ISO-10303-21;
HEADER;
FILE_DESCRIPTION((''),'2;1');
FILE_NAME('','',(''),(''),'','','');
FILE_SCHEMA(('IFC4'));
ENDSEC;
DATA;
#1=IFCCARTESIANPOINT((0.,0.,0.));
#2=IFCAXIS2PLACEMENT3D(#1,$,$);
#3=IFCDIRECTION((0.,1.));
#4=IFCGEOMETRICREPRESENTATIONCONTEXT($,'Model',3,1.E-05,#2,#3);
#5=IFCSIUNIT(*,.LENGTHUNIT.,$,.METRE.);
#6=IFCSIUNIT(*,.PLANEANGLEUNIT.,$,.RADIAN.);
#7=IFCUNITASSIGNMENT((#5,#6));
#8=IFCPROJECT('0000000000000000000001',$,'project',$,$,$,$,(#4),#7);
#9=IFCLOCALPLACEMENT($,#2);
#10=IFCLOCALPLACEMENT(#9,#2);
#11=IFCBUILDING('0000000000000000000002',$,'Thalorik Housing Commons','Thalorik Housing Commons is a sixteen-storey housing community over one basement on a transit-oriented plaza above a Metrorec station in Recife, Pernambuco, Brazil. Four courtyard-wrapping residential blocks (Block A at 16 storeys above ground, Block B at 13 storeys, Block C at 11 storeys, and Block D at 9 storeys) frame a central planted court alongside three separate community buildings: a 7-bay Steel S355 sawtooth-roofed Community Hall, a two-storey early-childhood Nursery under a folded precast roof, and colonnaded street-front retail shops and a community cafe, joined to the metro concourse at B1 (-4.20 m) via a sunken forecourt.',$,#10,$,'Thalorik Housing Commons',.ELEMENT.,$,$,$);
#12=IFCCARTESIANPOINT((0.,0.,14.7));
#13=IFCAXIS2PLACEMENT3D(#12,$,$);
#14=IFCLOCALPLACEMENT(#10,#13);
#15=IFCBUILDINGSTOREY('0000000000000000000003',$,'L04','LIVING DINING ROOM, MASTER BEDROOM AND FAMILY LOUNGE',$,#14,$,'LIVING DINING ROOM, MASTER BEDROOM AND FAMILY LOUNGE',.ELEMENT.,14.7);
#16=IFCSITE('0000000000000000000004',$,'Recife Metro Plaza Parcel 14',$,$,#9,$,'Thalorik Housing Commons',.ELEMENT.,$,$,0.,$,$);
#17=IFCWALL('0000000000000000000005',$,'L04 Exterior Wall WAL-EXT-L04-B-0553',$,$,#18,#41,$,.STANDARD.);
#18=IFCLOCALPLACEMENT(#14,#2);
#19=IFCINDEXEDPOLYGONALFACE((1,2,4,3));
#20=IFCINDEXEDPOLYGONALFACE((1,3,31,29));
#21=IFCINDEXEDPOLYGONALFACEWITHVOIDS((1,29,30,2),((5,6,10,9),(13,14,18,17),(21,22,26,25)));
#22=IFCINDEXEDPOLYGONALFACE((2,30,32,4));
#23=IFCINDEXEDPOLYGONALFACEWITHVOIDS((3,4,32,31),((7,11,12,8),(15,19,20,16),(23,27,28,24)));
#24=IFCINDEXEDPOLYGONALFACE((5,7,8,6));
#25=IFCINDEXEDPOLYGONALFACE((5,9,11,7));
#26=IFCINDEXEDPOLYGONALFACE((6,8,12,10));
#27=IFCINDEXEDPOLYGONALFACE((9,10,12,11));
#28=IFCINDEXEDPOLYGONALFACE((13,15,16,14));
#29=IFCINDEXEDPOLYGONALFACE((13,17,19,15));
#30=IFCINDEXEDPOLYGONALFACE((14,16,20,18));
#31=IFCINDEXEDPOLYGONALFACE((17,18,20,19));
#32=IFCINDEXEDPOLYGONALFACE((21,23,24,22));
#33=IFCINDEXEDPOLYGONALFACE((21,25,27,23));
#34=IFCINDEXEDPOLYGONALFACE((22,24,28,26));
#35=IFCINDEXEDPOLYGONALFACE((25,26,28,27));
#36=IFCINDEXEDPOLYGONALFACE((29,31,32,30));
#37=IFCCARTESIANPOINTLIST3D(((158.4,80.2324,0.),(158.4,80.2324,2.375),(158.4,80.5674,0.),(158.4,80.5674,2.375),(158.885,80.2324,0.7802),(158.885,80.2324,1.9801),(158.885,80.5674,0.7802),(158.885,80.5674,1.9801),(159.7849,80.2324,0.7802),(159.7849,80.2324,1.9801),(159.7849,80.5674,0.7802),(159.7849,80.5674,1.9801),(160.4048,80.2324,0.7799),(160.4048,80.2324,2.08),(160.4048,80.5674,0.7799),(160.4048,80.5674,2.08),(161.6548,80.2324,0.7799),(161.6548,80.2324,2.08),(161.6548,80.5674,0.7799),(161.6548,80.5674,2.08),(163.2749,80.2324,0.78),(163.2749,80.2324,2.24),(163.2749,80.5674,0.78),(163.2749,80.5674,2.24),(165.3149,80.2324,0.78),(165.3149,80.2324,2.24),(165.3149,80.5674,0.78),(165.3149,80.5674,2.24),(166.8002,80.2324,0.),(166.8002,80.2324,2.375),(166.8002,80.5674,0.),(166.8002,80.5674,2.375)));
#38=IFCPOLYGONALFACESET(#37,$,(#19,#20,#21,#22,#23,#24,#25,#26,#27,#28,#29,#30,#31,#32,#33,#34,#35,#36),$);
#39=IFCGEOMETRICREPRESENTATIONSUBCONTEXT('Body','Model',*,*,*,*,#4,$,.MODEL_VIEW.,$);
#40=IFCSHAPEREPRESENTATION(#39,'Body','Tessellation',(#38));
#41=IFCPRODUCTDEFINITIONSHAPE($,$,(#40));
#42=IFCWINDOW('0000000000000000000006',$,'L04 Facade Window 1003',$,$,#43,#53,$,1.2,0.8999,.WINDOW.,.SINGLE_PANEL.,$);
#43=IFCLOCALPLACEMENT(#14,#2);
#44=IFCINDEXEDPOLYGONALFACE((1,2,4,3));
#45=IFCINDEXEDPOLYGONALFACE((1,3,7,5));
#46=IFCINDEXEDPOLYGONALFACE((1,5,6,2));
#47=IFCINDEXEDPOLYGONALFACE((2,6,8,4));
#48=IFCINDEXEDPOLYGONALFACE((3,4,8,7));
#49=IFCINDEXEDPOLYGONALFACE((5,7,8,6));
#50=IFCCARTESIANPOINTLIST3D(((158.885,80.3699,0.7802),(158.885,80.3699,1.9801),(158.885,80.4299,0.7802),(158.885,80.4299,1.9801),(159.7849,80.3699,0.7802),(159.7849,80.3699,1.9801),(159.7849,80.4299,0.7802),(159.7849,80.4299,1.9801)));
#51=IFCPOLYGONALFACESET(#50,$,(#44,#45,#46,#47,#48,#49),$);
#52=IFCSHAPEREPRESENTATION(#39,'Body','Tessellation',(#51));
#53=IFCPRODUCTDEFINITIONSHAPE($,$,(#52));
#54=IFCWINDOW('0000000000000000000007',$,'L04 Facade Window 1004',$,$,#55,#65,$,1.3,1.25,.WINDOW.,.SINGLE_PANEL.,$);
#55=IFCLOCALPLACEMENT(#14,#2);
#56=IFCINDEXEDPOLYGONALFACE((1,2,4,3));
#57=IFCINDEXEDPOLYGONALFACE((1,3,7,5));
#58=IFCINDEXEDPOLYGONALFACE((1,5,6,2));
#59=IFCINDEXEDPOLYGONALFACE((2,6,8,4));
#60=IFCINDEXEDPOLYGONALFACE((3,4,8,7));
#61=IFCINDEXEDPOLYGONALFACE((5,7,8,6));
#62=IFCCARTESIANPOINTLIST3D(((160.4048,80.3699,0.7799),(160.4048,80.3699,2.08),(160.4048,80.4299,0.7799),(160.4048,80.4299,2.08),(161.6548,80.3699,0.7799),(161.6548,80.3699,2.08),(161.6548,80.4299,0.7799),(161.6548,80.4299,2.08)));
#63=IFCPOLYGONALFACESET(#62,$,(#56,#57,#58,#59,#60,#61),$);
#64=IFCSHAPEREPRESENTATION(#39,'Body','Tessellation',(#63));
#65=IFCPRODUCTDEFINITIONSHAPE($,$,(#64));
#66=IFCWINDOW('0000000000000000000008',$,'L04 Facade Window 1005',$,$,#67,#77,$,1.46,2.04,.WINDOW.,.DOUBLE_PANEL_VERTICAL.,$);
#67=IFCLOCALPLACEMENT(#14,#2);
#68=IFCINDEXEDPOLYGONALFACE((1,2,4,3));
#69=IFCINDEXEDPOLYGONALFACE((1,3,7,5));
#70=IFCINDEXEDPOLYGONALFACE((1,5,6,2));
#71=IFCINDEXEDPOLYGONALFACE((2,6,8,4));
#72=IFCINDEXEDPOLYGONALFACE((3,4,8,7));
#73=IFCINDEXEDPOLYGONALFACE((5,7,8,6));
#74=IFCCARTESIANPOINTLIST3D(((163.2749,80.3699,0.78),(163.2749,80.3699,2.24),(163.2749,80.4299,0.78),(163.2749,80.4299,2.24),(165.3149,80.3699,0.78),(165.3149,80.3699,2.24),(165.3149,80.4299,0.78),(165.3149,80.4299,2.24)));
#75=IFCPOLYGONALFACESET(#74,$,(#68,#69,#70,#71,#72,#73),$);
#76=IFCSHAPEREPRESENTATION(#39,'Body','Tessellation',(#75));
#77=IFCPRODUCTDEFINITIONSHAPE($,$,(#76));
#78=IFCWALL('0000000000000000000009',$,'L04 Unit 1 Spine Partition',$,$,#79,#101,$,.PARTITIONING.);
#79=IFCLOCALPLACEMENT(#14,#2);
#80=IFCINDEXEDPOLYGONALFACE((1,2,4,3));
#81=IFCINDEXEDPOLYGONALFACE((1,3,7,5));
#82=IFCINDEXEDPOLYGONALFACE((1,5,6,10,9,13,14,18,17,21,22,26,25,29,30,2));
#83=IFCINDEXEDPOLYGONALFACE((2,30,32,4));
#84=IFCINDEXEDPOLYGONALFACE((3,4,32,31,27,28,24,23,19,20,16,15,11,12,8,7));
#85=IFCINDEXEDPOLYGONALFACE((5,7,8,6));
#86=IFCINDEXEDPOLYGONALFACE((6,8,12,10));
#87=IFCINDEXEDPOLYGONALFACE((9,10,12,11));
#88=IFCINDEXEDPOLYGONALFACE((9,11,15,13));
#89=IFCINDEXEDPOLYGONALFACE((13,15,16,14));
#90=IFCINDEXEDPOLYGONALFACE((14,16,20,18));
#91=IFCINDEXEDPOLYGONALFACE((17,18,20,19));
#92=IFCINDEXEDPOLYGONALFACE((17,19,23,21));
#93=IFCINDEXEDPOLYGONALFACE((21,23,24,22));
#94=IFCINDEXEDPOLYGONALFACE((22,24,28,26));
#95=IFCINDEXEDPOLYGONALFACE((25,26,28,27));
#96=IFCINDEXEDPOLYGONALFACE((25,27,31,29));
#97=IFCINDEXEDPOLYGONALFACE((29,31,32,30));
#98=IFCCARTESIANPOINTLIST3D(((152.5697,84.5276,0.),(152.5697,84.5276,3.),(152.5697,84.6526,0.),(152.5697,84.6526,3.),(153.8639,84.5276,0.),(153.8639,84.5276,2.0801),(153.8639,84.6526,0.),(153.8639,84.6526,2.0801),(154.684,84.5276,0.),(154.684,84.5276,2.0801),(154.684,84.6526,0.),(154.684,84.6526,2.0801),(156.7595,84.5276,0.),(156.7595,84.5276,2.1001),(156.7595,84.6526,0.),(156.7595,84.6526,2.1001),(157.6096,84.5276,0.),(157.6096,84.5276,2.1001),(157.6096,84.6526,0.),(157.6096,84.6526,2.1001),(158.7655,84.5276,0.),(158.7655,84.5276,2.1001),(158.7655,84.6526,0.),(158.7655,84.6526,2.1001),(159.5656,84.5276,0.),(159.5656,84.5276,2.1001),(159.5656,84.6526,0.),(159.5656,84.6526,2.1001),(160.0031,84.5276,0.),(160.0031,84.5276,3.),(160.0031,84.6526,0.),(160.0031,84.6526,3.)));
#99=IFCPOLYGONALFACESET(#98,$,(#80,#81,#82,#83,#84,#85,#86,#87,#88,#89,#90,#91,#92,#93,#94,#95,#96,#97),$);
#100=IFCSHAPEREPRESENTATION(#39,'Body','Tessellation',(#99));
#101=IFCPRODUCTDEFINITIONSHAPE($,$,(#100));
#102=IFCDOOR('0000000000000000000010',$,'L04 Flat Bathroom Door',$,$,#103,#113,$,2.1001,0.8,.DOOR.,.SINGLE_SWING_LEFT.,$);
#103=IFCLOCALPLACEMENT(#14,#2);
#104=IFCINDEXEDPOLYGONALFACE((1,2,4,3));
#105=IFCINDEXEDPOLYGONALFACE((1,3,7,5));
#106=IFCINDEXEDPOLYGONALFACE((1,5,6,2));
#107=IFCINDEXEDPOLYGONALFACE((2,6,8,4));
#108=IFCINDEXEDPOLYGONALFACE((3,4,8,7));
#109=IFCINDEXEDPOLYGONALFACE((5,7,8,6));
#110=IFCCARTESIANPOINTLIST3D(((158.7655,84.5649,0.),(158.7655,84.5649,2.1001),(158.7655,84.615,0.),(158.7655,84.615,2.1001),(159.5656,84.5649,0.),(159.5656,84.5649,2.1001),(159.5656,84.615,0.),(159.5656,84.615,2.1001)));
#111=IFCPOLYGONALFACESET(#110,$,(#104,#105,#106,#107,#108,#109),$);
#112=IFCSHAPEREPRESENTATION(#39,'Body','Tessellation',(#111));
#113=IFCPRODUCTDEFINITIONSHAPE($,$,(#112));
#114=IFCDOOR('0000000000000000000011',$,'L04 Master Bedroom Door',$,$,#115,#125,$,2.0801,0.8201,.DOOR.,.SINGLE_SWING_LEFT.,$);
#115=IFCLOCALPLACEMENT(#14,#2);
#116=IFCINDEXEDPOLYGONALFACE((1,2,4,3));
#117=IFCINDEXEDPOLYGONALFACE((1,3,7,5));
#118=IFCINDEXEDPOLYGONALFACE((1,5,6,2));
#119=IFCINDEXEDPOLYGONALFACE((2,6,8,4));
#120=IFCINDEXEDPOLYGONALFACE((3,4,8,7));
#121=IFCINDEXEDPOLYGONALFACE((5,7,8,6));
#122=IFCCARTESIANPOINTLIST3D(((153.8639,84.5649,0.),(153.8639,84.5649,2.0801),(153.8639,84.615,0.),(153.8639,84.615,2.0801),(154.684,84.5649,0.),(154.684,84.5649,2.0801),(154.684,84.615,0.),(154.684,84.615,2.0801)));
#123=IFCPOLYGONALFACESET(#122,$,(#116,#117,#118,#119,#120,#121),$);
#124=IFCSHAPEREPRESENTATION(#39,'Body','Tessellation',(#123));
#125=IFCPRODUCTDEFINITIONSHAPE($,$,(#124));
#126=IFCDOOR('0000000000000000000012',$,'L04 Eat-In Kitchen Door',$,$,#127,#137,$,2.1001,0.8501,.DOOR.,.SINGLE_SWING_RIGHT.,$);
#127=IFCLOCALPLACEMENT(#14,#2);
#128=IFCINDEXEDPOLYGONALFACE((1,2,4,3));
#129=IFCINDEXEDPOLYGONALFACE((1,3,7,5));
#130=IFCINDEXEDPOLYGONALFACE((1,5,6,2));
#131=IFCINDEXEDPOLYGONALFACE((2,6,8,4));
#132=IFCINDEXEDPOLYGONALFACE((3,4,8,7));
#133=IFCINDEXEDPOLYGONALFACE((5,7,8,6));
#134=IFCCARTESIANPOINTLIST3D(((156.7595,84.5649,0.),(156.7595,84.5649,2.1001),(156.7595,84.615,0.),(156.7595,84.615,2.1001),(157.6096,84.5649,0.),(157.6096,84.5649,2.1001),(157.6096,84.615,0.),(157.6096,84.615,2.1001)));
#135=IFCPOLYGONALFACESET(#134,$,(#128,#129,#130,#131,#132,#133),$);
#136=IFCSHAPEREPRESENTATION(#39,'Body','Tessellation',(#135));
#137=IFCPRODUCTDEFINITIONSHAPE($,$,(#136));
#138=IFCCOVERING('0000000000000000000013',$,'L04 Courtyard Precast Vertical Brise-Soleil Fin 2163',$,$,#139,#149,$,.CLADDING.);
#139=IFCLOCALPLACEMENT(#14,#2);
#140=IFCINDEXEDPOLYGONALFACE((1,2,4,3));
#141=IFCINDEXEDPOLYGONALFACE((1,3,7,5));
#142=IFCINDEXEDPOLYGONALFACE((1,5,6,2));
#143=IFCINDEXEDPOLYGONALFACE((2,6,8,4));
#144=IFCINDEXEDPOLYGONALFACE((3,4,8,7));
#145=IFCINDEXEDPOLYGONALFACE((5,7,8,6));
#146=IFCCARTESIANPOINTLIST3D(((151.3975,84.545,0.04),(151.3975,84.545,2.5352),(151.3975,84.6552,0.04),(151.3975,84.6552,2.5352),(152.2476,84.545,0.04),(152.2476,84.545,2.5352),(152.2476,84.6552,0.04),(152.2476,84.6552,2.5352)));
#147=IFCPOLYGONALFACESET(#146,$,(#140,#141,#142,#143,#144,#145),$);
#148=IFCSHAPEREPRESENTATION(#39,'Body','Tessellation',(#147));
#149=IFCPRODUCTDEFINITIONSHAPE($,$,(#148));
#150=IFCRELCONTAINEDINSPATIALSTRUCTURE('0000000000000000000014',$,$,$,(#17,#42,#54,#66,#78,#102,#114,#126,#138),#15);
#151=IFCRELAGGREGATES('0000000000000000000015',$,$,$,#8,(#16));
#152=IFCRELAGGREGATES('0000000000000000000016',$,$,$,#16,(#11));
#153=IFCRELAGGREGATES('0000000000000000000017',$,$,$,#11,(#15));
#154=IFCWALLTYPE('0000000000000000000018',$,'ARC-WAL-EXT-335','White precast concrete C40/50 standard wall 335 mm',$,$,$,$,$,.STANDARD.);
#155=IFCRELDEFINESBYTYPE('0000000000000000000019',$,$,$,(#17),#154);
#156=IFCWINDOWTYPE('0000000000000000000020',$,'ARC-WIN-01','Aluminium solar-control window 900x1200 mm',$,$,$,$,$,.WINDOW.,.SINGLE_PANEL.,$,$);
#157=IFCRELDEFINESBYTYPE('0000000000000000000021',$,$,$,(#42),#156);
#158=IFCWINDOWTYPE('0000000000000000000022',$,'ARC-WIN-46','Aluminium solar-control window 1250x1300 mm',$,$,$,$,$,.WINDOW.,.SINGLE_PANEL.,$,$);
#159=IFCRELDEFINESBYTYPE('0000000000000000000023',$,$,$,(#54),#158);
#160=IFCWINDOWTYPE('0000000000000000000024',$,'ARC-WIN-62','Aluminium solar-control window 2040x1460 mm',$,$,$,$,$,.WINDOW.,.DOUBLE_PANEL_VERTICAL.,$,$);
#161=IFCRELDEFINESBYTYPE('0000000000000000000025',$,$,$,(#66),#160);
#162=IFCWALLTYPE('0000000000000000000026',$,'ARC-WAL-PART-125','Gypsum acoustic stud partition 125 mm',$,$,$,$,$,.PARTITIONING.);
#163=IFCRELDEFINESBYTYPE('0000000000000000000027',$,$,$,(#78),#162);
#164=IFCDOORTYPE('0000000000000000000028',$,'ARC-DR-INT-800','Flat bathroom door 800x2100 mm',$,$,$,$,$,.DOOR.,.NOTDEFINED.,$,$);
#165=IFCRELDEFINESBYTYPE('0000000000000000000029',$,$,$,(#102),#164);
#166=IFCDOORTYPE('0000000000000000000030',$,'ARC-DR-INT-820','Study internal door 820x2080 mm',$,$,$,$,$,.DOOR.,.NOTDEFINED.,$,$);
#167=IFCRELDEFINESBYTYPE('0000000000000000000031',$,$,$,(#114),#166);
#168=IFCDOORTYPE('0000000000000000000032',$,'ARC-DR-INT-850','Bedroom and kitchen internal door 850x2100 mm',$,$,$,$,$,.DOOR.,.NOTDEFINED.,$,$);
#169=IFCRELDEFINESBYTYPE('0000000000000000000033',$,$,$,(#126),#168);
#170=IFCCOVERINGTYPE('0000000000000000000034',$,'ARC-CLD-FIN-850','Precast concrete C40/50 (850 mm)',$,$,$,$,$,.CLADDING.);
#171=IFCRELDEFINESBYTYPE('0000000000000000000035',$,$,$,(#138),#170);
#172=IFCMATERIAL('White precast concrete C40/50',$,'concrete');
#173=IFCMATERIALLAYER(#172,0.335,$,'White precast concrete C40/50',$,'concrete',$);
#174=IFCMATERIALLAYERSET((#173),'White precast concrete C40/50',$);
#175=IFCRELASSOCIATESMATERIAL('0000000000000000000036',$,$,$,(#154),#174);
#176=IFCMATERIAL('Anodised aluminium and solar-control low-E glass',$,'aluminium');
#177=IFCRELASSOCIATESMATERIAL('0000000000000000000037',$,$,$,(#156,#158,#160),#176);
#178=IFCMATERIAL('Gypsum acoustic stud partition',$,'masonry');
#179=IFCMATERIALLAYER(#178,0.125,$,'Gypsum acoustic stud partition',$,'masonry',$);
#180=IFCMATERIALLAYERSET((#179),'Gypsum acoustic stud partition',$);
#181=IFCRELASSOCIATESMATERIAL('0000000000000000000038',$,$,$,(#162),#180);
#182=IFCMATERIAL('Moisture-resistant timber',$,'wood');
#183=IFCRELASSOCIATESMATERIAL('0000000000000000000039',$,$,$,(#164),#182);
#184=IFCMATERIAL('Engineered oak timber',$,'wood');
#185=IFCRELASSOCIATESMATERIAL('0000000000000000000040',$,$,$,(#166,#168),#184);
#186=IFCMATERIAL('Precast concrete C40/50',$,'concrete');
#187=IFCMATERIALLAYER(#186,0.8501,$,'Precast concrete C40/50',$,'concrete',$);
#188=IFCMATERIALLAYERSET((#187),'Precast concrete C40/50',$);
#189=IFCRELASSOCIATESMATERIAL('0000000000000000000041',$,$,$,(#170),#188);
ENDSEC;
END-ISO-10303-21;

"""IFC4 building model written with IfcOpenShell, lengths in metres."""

from ifc_helpers import new_model, si_unit, direction, frame, frame_2d, origin, origin_2d, place, context, subcontext, project, spatial, rectangle, extrude, material, layer, layer_set, type_object, element, fill, save


model = new_model("IFC4")

# Units and contexts
model_context = context("Model", 3, precision=1e-05, world=origin(), true_north=direction((0.0, 1.0)))
body_context = subcontext(model_context, "Body", "Model", "MODEL_VIEW")
ifc_project = project(units=[si_unit("LENGTHUNIT", "METRE"), si_unit("PLANEANGLEUNIT", "RADIAN")], contexts=[model_context])

# Site, building, storey
site_placement = place(None, origin())
site = spatial("IfcSite", under=ifc_project, at=site_placement, Name="Recife Metro Plaza Parcel 14", LongName="Thalorik Housing Commons", CompositionType="ELEMENT", RefElevation=0.0)
building_placement = place(site_placement, origin())
building = spatial("IfcBuilding", under=site, at=building_placement, Name="Thalorik Housing Commons", Description="Thalorik Housing Commons is a sixteen-storey housing community over one basement on a transit-oriented plaza above a Metrorec station in Recife, Pernambuco, Brazil. Four courtyard-wrapping residential blocks (Block A at 16 storeys above ground, Block B at 13 storeys, Block C at 11 storeys, and Block D at 9 storeys) frame a central planted court alongside three separate community buildings: a 7-bay Steel S355 sawtooth-roofed Community Hall, a two-storey early-childhood Nursery under a folded precast roof, and colonnaded street-front retail shops and a community cafe, joined to the metro concourse at B1 (-4.20 m) via a sunken forecourt.", LongName="Thalorik Housing Commons", CompositionType="ELEMENT")
storey_placement = place(building_placement, frame((0.0, 0.0, 14.7)))
storey = spatial("IfcBuildingStorey", under=building, at=storey_placement, Name="L04", Description="LIVING DINING ROOM, MASTER BEDROOM AND FAMILY LOUNGE", LongName="LIVING DINING ROOM, MASTER BEDROOM AND FAMILY LOUNGE", CompositionType="ELEMENT", Elevation=14.7)

# Shared definitions
ifc_material_1 = material(Name="Precast concrete C40/50", Category="concrete")

# Wall, openings, windows
ifc_material_2 = material(Name="White precast concrete C40/50", Category="concrete")
ifc_layer_1 = layer(ifc_material_2, 0.335, Name="White precast concrete C40/50", Category="concrete")
ifc_layer_set_1 = layer_set([ifc_layer_1], Name="White precast concrete C40/50")
wall_type_1 = type_object("IfcWallType", Name="ARC-WAL-EXT-335", Description="White precast concrete C40/50 standard wall 335 mm", PredefinedType="STANDARD", material=ifc_layer_set_1)
ifc_material_3 = material(Name="Anodised aluminium and solar-control low-E glass", Category="aluminium")
wall_1_placement = place(storey_placement, frame((158.3999, 80.3999, 0.0), z_axis=(0.0, 0.0, 1.0), x_axis=(1.0, 0.0, 0.0)))
wall_1 = element("IfcWall", 1, at=wall_1_placement, inside=storey, type_object=wall_type_1, Name="L04 Exterior Wall WAL-EXT-L04-B-0553", PredefinedType="STANDARD", context=body_context, shape_type="SweptSolid", body=[
    extrude(rectangle(XDim=8.4001, YDim=0.335, at=frame_2d((4.2002, 0.0))), origin(), (0.0, 0.0, 1.0), 2.375),
])
opening_1_placement = place(wall_1_placement, frame((0.4851, 0.0, 0.78)))
opening_1 = element("IfcOpeningElement", 2, at=opening_1_placement, cuts=wall_1, PredefinedType="OPENING", context=body_context, shape_type="SweptSolid", body=[
    extrude(rectangle(XDim=0.8999, YDim=1.2, at=frame_2d((0.45, 0.6001))), frame((0.0, 0.1775, 0.0), z_axis=(0.0, -1.0, 0.0), x_axis=(1.0, 0.0, 0.0)), (0.0, 0.0, 1.0), 0.355),
])
opening_2_placement = place(wall_1_placement, frame((2.0049, 0.0, 0.78)))
opening_2 = element("IfcOpeningElement", 3, at=opening_2_placement, cuts=wall_1, PredefinedType="OPENING", context=body_context, shape_type="SweptSolid", body=[
    extrude(rectangle(XDim=1.25, YDim=1.3, at=frame_2d((0.625, 0.6499))), frame((0.0, 0.1775, 0.0), z_axis=(0.0, -1.0, 0.0), x_axis=(1.0, 0.0, 0.0)), (0.0, 0.0, 1.0), 0.355),
])
opening_3_placement = place(wall_1_placement, frame((4.875, 0.0, 0.78)))
opening_3 = element("IfcOpeningElement", 4, at=opening_3_placement, cuts=wall_1, PredefinedType="OPENING", context=body_context, shape_type="SweptSolid", body=[
    extrude(rectangle(XDim=2.04, YDim=1.46, at=frame_2d((1.02, 0.73))), frame((0.0, 0.1775, 0.0), z_axis=(0.0, -1.0, 0.0), x_axis=(1.0, 0.0, 0.0)), (0.0, 0.0, 1.0), 0.355),
])
window_type_1 = type_object("IfcWindowType", Name="ARC-WIN-01", Description="Aluminium solar-control window 900x1200 mm", PartitioningType="SINGLE_PANEL", PredefinedType="WINDOW", material=ifc_material_3)
window_1_placement = place(opening_1_placement, origin())
window_1 = element("IfcWindow", 5, at=window_1_placement, inside=storey, type_object=window_type_1, Name="L04 Facade Window 1003", OverallHeight=1.2, OverallWidth=0.8999, PartitioningType="SINGLE_PANEL", PredefinedType="WINDOW", context=body_context, shape_type="SweptSolid", body=[
    extrude(rectangle(XDim=0.8999, YDim=1.2, at=frame_2d((0.45, 0.6001))), frame((0.0, 0.03, 0.0), z_axis=(0.0, -1.0, 0.0), x_axis=(1.0, 0.0, 0.0)), (0.0, 0.0, 1.0), 0.0601),
])
fill(opening_1, window_1)
window_type_2 = type_object("IfcWindowType", Name="ARC-WIN-46", Description="Aluminium solar-control window 1250x1300 mm", PartitioningType="SINGLE_PANEL", PredefinedType="WINDOW", material=ifc_material_3)
window_2_placement = place(opening_2_placement, origin())
window_2 = element("IfcWindow", 6, at=window_2_placement, inside=storey, type_object=window_type_2, Name="L04 Facade Window 1004", OverallHeight=1.3, OverallWidth=1.25, PartitioningType="SINGLE_PANEL", PredefinedType="WINDOW", context=body_context, shape_type="SweptSolid", body=[
    extrude(rectangle(XDim=1.25, YDim=1.3, at=frame_2d((0.625, 0.6499))), frame((0.0, 0.03, 0.0), z_axis=(0.0, -1.0, 0.0), x_axis=(1.0, 0.0, 0.0)), (0.0, 0.0, 1.0), 0.0601),
])
fill(opening_2, window_2)
window_type_3 = type_object("IfcWindowType", Name="ARC-WIN-62", Description="Aluminium solar-control window 2040x1460 mm", PartitioningType="DOUBLE_PANEL_VERTICAL", PredefinedType="WINDOW", material=ifc_material_3)
window_3_placement = place(opening_3_placement, origin())
window_3 = element("IfcWindow", 7, at=window_3_placement, inside=storey, type_object=window_type_3, Name="L04 Facade Window 1005", OverallHeight=1.46, OverallWidth=2.04, PartitioningType="DOUBLE_PANEL_VERTICAL", PredefinedType="WINDOW", context=body_context, shape_type="SweptSolid", body=[
    extrude(rectangle(XDim=2.04, YDim=1.46, at=frame_2d((1.02, 0.73))), frame((0.0, 0.03, 0.0), z_axis=(0.0, -1.0, 0.0), x_axis=(1.0, 0.0, 0.0)), (0.0, 0.0, 1.0), 0.0601),
])
fill(opening_3, window_3)

# Wall, openings, doors
ifc_material_4 = material(Name="Gypsum acoustic stud partition", Category="masonry")
ifc_layer_2 = layer(ifc_material_4, 0.125, Name="Gypsum acoustic stud partition", Category="masonry")
ifc_layer_set_2 = layer_set([ifc_layer_2], Name="Gypsum acoustic stud partition")
wall_type_2 = type_object("IfcWallType", Name="ARC-WAL-PART-125", Description="Gypsum acoustic stud partition 125 mm", PredefinedType="PARTITIONING", material=ifc_layer_set_2)
wall_2_placement = place(storey_placement, frame((152.5696, 84.5901, 0.0), z_axis=(0.0, 0.0, 1.0), x_axis=(1.0, 0.0, 0.0)))
wall_2 = element("IfcWall", 8, at=wall_2_placement, inside=storey, type_object=wall_type_2, Name="L04 Unit 1 Spine Partition", PredefinedType="PARTITIONING", context=body_context, shape_type="SweptSolid", body=[
    extrude(rectangle(XDim=7.4333, YDim=0.125, at=frame_2d((3.7168, 0.0))), origin(), (0.0, 0.0, 1.0), 3.0),
])
opening_4_placement = place(wall_2_placement, frame((1.2942, 0.0, 0.0)))
opening_4 = element("IfcOpeningElement", 9, at=opening_4_placement, cuts=wall_2, PredefinedType="OPENING", context=body_context, shape_type="SweptSolid", body=[
    extrude(rectangle(XDim=0.8201, YDim=2.0801, at=frame_2d((0.4102, 1.04))), frame((0.0, 0.0725, 0.0), z_axis=(0.0, -1.0, 0.0), x_axis=(1.0, 0.0, 0.0)), (0.0, 0.0, 1.0), 0.145),
])
opening_5_placement = place(wall_2_placement, frame((4.1899, 0.0, 0.0)))
opening_5 = element("IfcOpeningElement", 10, at=opening_5_placement, cuts=wall_2, PredefinedType="OPENING", context=body_context, shape_type="SweptSolid", body=[
    extrude(rectangle(XDim=0.8501, YDim=2.1001, at=frame_2d((0.425, 1.05))), frame((0.0, 0.0725, 0.0), z_axis=(0.0, -1.0, 0.0), x_axis=(1.0, 0.0, 0.0)), (0.0, 0.0, 1.0), 0.145),
])
opening_6_placement = place(wall_2_placement, frame((6.196, 0.0, 0.0)))
opening_6 = element("IfcOpeningElement", 11, at=opening_6_placement, cuts=wall_2, PredefinedType="OPENING", context=body_context, shape_type="SweptSolid", body=[
    extrude(rectangle(XDim=0.8, YDim=2.1001, at=frame_2d((0.3999, 1.05))), frame((0.0, 0.0725, 0.0), z_axis=(0.0, -1.0, 0.0), x_axis=(1.0, 0.0, 0.0)), (0.0, 0.0, 1.0), 0.145),
])
ifc_material_5 = material(Name="Moisture-resistant timber", Category="wood")
door_type_1 = type_object("IfcDoorType", Name="ARC-DR-INT-800", Description="Flat bathroom door 800x2100 mm", OperationType="NOTDEFINED", PredefinedType="DOOR", material=ifc_material_5)
door_1_placement = place(opening_6_placement, origin())
door_1 = element("IfcDoor", 12, at=door_1_placement, inside=storey, type_object=door_type_1, Name="L04 Flat Bathroom Door", OperationType="SINGLE_SWING_LEFT", OverallHeight=2.1001, OverallWidth=0.8, PredefinedType="DOOR", context=body_context, shape_type="SweptSolid", body=[
    extrude(rectangle(XDim=0.8, YDim=2.1001, at=frame_2d((0.3999, 1.05))), frame((0.0, 0.0249, 0.0), z_axis=(0.0, -1.0, 0.0), x_axis=(1.0, 0.0, 0.0)), (0.0, 0.0, 1.0), 0.05),
])
fill(opening_6, door_1)
ifc_material_6 = material(Name="Engineered oak timber", Category="wood")
door_type_2 = type_object("IfcDoorType", Name="ARC-DR-INT-820", Description="Study internal door 820x2080 mm", OperationType="NOTDEFINED", PredefinedType="DOOR", material=ifc_material_6)
door_2_placement = place(opening_4_placement, origin())
door_2 = element("IfcDoor", 13, at=door_2_placement, inside=storey, type_object=door_type_2, Name="L04 Master Bedroom Door", OperationType="SINGLE_SWING_LEFT", OverallHeight=2.0801, OverallWidth=0.8201, PredefinedType="DOOR", context=body_context, shape_type="SweptSolid", body=[
    extrude(rectangle(XDim=0.8201, YDim=2.0801, at=frame_2d((0.4102, 1.04))), frame((0.0, 0.0249, 0.0), z_axis=(0.0, -1.0, 0.0), x_axis=(1.0, 0.0, 0.0)), (0.0, 0.0, 1.0), 0.05),
])
fill(opening_4, door_2)
door_type_3 = type_object("IfcDoorType", Name="ARC-DR-INT-850", Description="Bedroom and kitchen internal door 850x2100 mm", OperationType="NOTDEFINED", PredefinedType="DOOR", material=ifc_material_6)
door_3_placement = place(opening_5_placement, origin())
door_3 = element("IfcDoor", 14, at=door_3_placement, inside=storey, type_object=door_type_3, Name="L04 Eat-In Kitchen Door", OperationType="SINGLE_SWING_RIGHT", OverallHeight=2.1001, OverallWidth=0.8501, PredefinedType="DOOR", context=body_context, shape_type="SweptSolid", body=[
    extrude(rectangle(XDim=0.8501, YDim=2.1001, at=frame_2d((0.425, 1.05))), frame((0.0, 0.0249, 0.0), z_axis=(0.0, -1.0, 0.0), x_axis=(1.0, 0.0, 0.0)), (0.0, 0.0, 1.0), 0.05),
])
fill(opening_5, door_3)

# Covering
ifc_layer_3 = layer(ifc_material_1, 0.8501, Name="Precast concrete C40/50", Category="concrete")
ifc_layer_set_3 = layer_set([ifc_layer_3], Name="Precast concrete C40/50")
covering_type_1 = type_object("IfcCoveringType", Name="ARC-CLD-FIN-850", Description="Precast concrete C40/50 (850 mm)", PredefinedType="CLADDING", material=ifc_layer_set_3)
for number, where, z_axis, x_axis, name in (
    (15, (151.8225, 84.6001, 0.04), (0.0, 0.0, 1.0), (0.0, -1.0, 0.0), "L04 Courtyard Precast Vertical Brise-Soleil Fin 2163"),
):
    element("IfcCovering", number, at=place(storey_placement, frame(where, z_axis=z_axis, x_axis=x_axis)), inside=storey, type_object=covering_type_1, Name=name, PredefinedType="CLADDING", context=body_context, shape_type="SweptSolid", body=[
        extrude(rectangle(XDim=0.1101, YDim=0.8501, at=origin_2d()), origin(), (0.0, 0.0, 1.0), 2.4951),
    ])

save(model, "model.ifc")
